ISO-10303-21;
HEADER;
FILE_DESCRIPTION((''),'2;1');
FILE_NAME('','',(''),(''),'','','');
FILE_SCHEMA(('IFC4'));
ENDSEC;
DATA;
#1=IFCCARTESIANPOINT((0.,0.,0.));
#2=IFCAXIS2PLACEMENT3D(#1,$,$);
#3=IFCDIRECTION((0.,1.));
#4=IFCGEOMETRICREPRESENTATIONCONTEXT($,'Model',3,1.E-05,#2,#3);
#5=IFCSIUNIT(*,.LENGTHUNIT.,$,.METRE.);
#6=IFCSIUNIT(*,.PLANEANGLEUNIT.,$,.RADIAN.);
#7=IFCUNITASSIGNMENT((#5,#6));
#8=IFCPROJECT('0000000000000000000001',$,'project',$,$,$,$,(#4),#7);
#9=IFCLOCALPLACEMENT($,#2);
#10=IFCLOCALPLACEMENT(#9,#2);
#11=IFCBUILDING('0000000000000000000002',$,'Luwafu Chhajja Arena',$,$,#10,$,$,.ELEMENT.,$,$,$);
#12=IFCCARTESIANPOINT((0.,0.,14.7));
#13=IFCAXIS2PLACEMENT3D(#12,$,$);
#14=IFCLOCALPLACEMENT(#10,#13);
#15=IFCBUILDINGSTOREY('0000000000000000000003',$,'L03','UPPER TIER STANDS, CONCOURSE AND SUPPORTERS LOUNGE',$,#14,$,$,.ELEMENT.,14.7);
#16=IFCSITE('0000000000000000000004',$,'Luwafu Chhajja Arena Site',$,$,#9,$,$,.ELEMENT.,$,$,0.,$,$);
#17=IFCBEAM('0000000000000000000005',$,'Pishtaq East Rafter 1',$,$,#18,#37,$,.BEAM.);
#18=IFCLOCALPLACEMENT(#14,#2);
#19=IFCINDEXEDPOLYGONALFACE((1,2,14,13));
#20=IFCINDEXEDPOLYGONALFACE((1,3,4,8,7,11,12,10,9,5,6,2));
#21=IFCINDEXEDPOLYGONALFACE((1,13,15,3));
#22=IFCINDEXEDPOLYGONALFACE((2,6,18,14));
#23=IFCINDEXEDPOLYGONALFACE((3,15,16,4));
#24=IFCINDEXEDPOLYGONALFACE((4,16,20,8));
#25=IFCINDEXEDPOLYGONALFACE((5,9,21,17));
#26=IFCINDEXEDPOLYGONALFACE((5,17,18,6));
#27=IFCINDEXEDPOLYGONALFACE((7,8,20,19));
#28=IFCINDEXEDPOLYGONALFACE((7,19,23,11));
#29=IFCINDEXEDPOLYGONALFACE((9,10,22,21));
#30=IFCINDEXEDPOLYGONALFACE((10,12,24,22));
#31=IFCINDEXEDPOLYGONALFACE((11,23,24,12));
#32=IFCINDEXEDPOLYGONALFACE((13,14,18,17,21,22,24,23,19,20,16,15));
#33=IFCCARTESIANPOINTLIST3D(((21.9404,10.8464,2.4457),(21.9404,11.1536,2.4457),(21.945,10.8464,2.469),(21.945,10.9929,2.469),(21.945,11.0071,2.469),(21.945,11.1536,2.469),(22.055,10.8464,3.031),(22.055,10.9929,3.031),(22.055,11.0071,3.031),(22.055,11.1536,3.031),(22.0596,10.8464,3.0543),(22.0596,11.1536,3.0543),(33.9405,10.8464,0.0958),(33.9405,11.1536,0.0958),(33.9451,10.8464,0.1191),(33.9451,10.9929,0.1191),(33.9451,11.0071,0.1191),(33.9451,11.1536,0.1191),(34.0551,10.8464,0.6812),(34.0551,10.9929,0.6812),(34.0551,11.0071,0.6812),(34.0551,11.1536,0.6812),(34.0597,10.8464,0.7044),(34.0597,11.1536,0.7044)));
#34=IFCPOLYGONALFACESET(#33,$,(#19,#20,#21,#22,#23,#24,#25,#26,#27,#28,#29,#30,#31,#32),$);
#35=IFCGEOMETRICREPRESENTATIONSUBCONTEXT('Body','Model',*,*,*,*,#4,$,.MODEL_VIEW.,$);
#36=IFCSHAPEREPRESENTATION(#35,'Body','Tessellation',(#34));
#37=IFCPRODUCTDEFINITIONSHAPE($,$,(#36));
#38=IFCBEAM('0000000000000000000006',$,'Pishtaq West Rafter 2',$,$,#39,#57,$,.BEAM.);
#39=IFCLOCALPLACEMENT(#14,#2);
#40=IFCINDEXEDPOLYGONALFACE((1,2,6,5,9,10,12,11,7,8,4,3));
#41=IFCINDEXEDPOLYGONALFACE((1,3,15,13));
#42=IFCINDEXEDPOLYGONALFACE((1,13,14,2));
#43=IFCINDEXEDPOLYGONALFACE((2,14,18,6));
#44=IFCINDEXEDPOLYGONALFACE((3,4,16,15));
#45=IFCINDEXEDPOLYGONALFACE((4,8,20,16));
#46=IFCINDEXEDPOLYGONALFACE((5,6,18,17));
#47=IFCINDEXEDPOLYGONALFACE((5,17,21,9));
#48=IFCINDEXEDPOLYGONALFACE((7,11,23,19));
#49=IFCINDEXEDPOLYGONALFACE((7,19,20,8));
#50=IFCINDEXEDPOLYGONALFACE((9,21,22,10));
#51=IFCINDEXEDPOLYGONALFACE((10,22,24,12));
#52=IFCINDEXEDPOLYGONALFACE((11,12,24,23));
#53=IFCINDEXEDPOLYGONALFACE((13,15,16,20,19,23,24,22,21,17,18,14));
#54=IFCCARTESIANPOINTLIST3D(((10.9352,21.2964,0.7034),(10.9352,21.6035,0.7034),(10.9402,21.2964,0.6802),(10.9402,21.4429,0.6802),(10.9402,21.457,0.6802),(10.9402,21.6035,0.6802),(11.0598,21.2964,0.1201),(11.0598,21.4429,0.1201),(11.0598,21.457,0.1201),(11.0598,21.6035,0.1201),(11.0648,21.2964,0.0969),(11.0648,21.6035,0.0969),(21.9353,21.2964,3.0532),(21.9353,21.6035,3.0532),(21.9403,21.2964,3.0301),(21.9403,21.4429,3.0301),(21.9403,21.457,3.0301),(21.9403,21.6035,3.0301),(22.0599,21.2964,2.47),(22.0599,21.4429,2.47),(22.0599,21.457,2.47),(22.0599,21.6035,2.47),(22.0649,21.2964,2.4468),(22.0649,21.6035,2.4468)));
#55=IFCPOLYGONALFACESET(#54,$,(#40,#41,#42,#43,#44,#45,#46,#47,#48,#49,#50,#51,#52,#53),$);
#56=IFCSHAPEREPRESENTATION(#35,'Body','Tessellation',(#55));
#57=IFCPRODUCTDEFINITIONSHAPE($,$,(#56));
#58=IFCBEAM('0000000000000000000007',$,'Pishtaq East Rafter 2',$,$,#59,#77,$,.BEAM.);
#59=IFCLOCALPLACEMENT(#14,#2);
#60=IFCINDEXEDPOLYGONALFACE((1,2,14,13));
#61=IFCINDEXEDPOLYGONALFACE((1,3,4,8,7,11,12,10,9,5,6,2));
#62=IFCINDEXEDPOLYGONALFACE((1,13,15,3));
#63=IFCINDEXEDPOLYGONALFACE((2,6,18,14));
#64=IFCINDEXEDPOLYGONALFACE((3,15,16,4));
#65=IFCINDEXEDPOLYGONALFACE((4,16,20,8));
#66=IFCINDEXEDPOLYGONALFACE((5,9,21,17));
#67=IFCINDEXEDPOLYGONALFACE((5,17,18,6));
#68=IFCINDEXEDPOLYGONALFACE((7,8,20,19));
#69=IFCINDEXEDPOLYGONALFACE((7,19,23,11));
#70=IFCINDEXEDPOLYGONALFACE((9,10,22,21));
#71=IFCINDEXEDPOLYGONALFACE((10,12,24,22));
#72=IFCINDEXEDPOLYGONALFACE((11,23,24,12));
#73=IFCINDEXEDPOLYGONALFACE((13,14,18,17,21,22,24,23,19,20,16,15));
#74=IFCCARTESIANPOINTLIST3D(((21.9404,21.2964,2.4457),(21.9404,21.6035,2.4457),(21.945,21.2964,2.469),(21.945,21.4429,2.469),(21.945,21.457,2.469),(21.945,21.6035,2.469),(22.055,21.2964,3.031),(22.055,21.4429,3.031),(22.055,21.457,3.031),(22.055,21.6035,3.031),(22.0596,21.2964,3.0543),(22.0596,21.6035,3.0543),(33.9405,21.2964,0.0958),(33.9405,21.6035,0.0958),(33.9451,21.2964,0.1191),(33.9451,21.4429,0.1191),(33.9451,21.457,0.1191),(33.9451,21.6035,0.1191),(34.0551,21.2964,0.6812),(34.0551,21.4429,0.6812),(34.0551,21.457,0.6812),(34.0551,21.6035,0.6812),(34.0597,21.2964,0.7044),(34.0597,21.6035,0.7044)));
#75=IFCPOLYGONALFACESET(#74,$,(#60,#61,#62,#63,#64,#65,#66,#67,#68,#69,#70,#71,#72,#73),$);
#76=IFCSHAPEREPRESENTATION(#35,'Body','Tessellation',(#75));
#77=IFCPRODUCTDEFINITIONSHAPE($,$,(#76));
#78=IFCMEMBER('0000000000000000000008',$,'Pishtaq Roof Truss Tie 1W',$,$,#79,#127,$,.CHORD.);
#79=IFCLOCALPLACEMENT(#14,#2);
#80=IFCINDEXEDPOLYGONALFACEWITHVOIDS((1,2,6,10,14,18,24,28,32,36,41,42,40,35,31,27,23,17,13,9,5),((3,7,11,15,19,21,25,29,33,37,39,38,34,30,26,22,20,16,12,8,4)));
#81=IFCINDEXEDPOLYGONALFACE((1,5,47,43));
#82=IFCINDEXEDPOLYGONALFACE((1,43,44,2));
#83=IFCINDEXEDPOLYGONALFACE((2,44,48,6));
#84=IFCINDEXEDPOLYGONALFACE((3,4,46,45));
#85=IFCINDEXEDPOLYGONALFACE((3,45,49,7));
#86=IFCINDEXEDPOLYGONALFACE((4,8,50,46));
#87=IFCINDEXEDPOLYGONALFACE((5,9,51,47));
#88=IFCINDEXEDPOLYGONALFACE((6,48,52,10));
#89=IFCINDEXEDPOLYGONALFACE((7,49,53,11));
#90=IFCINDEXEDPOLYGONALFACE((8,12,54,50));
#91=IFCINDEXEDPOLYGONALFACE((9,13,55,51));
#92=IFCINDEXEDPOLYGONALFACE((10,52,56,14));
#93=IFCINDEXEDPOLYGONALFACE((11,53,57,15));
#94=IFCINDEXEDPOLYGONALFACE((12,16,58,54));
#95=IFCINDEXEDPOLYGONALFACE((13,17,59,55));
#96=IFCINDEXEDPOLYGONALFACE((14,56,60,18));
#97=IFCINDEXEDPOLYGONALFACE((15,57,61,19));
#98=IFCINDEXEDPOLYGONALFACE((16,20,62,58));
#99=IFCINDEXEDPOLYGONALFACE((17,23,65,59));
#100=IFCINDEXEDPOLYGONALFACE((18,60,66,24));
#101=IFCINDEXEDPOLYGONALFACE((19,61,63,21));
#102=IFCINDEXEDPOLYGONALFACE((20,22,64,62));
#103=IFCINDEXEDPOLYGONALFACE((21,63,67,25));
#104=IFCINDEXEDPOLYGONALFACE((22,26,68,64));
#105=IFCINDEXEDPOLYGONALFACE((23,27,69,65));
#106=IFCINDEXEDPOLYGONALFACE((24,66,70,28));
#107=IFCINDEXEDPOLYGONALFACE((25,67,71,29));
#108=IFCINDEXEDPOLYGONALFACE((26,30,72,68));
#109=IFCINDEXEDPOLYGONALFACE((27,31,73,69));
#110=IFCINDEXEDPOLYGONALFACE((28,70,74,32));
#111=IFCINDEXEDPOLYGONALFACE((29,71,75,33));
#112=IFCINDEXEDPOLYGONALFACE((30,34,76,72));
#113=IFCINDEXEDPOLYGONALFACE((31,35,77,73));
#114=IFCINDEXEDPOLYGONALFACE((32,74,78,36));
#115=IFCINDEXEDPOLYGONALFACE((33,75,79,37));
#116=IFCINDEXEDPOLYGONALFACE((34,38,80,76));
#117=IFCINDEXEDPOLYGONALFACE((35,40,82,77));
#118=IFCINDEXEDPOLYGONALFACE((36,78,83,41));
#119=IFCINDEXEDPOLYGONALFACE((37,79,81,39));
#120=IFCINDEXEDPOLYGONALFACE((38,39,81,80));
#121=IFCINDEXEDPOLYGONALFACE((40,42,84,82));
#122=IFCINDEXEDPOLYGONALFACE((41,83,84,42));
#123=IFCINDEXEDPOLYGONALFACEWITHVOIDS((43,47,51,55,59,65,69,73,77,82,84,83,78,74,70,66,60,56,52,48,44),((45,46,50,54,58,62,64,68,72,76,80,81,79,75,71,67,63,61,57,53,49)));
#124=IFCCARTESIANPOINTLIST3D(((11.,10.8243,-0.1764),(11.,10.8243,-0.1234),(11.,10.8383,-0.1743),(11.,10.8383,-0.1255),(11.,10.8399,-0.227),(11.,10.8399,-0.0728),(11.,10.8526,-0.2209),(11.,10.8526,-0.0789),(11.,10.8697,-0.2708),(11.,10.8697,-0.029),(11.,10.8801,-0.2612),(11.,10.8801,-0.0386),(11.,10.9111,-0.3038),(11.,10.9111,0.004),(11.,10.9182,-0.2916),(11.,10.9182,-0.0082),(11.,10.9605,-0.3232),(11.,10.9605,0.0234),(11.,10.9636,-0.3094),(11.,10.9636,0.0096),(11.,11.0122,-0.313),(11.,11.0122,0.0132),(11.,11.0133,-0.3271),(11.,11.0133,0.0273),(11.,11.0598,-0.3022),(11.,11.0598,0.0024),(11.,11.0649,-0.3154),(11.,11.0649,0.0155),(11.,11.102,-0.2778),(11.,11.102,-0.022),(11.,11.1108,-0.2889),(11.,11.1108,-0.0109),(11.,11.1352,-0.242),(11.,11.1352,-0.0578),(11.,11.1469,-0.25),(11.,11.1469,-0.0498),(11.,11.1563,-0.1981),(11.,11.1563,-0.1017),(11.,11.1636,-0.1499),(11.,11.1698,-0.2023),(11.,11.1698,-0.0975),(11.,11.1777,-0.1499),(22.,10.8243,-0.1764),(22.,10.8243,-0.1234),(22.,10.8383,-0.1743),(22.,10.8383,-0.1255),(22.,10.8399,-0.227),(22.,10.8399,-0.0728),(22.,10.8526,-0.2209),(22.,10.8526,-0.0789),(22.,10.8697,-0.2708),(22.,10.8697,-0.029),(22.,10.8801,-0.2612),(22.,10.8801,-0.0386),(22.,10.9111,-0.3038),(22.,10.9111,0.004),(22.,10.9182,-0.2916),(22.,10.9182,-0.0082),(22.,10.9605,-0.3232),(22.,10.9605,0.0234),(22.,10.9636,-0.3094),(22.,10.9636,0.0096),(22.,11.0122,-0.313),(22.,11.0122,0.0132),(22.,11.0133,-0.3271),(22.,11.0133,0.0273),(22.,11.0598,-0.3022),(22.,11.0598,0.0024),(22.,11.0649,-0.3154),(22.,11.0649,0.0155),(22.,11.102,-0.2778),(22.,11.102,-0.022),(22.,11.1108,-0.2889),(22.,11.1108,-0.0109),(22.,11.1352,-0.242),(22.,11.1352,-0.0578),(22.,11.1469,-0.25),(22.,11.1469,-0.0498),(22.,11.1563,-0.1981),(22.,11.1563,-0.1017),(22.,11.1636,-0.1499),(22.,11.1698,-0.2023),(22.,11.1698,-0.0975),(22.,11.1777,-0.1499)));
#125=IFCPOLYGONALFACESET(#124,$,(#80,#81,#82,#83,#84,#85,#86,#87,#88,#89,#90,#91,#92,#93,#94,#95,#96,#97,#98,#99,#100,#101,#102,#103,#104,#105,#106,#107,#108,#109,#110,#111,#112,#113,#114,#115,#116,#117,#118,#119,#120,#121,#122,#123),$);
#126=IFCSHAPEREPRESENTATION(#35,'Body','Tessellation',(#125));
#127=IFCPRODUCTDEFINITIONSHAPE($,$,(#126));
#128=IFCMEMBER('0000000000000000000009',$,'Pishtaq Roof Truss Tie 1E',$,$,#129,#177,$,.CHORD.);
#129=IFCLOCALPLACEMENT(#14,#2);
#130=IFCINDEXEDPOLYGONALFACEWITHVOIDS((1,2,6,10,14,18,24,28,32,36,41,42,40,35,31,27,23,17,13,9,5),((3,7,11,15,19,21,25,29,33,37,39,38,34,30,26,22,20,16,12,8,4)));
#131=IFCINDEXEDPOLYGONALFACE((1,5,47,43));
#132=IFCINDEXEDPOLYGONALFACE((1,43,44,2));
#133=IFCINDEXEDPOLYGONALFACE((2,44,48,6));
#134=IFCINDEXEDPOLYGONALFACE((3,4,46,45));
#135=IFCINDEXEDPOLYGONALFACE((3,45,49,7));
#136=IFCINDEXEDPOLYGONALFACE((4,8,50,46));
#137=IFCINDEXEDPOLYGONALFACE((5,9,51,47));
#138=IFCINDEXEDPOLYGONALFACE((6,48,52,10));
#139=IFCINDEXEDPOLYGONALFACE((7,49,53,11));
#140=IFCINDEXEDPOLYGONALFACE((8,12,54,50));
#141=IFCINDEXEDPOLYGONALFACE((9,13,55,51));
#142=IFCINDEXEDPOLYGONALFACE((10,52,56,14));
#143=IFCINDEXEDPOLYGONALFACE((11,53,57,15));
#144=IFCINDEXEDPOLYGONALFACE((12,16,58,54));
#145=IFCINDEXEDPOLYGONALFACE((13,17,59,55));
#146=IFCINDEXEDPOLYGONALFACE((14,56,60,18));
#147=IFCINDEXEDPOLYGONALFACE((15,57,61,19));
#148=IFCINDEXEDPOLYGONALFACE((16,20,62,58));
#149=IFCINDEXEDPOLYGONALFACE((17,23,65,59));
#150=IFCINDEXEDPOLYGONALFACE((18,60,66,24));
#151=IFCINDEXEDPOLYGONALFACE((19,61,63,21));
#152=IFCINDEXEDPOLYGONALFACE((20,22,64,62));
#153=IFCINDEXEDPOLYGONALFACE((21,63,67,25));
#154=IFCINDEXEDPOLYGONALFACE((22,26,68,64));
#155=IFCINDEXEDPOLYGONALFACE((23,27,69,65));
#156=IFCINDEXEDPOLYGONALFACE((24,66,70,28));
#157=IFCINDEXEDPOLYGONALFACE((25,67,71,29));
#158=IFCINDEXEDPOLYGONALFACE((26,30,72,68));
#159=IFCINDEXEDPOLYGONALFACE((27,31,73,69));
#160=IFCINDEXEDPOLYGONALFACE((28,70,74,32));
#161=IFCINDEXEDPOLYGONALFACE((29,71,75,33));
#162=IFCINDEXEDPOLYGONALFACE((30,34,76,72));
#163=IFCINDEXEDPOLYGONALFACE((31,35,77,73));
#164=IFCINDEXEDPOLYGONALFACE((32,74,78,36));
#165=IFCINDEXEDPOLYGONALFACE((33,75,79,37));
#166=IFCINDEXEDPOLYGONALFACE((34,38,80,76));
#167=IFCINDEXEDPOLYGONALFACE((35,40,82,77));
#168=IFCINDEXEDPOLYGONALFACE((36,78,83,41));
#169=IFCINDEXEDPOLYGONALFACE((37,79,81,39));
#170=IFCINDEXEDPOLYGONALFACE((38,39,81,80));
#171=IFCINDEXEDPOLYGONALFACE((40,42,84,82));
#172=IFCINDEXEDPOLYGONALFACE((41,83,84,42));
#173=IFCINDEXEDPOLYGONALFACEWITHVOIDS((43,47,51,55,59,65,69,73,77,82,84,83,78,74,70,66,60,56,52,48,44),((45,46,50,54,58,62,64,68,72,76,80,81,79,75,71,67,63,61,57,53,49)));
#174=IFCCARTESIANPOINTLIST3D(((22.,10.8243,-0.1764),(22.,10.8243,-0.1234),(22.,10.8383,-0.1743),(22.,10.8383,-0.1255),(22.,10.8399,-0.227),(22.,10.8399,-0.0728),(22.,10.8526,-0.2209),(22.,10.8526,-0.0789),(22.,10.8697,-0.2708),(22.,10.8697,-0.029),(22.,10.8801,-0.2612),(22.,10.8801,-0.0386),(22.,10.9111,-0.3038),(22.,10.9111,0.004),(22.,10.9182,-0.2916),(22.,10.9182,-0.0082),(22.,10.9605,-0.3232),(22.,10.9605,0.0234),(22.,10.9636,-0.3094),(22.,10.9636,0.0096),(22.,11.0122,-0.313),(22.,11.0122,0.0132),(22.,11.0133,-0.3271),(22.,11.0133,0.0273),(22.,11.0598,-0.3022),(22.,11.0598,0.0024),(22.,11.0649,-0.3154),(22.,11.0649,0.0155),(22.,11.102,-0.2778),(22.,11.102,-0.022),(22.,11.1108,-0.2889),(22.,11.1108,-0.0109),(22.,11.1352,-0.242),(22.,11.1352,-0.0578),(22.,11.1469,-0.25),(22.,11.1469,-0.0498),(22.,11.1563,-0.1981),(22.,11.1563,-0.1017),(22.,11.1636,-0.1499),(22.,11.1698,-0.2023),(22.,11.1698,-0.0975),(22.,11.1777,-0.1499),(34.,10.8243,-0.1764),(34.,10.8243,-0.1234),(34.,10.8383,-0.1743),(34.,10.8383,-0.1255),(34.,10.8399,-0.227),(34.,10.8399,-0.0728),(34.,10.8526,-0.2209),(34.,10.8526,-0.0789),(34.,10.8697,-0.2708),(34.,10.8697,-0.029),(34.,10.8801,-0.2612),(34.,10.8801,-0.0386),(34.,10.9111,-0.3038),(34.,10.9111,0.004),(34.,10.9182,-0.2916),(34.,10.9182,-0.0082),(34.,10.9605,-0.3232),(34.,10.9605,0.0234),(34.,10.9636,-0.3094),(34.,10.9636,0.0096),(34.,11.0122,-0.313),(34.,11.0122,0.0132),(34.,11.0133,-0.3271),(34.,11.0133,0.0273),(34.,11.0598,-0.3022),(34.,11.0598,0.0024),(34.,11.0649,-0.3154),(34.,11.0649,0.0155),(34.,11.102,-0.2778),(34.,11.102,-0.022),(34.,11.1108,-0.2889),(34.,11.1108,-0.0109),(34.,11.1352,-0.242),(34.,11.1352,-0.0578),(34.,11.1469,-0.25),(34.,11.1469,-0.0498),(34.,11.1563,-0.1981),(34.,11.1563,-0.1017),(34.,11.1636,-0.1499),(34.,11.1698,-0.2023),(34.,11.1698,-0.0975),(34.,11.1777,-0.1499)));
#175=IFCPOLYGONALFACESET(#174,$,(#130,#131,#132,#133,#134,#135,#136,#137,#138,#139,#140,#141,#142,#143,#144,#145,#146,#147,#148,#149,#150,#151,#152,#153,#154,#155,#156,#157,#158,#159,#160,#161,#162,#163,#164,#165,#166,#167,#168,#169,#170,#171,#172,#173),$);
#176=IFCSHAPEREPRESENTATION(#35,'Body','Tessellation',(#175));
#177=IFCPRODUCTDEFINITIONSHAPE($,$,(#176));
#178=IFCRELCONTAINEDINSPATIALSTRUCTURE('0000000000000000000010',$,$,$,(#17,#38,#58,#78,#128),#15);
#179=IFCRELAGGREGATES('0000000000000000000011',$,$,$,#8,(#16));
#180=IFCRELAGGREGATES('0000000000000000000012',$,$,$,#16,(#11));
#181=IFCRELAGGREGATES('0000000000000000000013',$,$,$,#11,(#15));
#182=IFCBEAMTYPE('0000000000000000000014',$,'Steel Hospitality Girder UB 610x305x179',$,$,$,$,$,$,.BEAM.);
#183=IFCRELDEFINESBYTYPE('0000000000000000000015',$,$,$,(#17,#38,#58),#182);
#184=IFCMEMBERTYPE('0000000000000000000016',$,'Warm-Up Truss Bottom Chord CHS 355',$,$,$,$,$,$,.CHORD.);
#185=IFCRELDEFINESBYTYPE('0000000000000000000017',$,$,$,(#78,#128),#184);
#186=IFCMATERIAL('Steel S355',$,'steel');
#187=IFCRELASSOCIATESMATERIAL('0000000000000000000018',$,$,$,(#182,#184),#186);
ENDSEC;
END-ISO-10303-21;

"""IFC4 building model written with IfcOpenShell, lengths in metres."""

from ifc_helpers import new_model, si_unit, direction, frame, origin, origin_2d, place, context, subcontext, project, spatial, hollow_circle, i_section, extrude, material, material_profile, profile_set, type_object, element, save


model = new_model("IFC4")

# Units and contexts
model_context = context("Model", 3, precision=1e-05, world=origin(), true_north=direction((0.0, 1.0)))
body_context = subcontext(model_context, "Body", "Model", "MODEL_VIEW")
ifc_project = project(units=[si_unit("LENGTHUNIT", "METRE"), si_unit("PLANEANGLEUNIT", "RADIAN")], contexts=[model_context])

# Site, building, storey
site_placement = place(None, origin())
site = spatial("IfcSite", under=ifc_project, at=site_placement, Name="Luwafu Chhajja Arena Site", CompositionType="ELEMENT", RefElevation=0.0)
building_placement = place(site_placement, origin())
building = spatial("IfcBuilding", under=site, at=building_placement, Name="Luwafu Chhajja Arena", CompositionType="ELEMENT")
storey_placement = place(building_placement, frame((0.0, 0.0, 14.7)))
storey = spatial("IfcBuildingStorey", under=building, at=storey_placement, Name="L03", Description="UPPER TIER STANDS, CONCOURSE AND SUPPORTERS LOUNGE", CompositionType="ELEMENT", Elevation=14.7)

# Shared definitions
ifc_material_1 = material(Name="Steel S355", Category="steel")

# Beams
ifc_material_profile_1 = material_profile(ifc_material_1, i_section(OverallWidth=0.3071, OverallDepth=0.6201, WebThickness=0.0142, FlangeThickness=0.0237, at=origin_2d()), Name="UB 610x305x179")
ifc_profile_set_1 = profile_set([ifc_material_profile_1], Name="Steel S355")
beam_type = type_object("IfcBeamType", Name="Steel Hospitality Girder UB 610x305x179", PredefinedType="BEAM", material=ifc_profile_set_1)
beam_1_placement = place(storey_placement, frame((22.0, 11.0, 2.75), z_axis=(0.981361, 0.0, -0.192171), x_axis=(0.0, 1.0, 0.0)))
element("IfcBeam", 1, at=beam_1_placement, inside=storey, type_object=beam_type, Name="Pishtaq East Rafter 1", PredefinedType="BEAM", context=body_context, shape_type="SweptSolid", body=[
    extrude(i_section(OverallWidth=0.3071, OverallDepth=0.6201, WebThickness=0.0142, FlangeThickness=0.0237, at=origin_2d()), origin(), (0.0, 0.0, 1.0), 12.228),
])
beam_2_placement = place(storey_placement, frame((11.0, 21.45, 0.4001), z_axis=(0.977935, 0.0, 0.208909), x_axis=(0.0, 1.0, 0.0)))
element("IfcBeam", 2, at=beam_2_placement, inside=storey, type_object=beam_type, Name="Pishtaq West Rafter 2", PredefinedType="BEAM", context=body_context, shape_type="SweptSolid", body=[
    extrude(i_section(OverallWidth=0.3071, OverallDepth=0.6201, WebThickness=0.0142, FlangeThickness=0.0237, at=origin_2d()), origin(), (0.0, 0.0, 1.0), 11.2483),
])
beam_3_placement = place(storey_placement, frame((22.0, 21.45, 2.75), z_axis=(0.981361, 0.0, -0.192171), x_axis=(0.0, 1.0, 0.0)))
element("IfcBeam", 3, at=beam_3_placement, inside=storey, type_object=beam_type, Name="Pishtaq East Rafter 2", PredefinedType="BEAM", context=body_context, shape_type="SweptSolid", body=[
    extrude(i_section(OverallWidth=0.3071, OverallDepth=0.6201, WebThickness=0.0142, FlangeThickness=0.0237, at=origin_2d()), origin(), (0.0, 0.0, 1.0), 12.228),
])

# Members
ifc_material_profile_2 = material_profile(ifc_material_1, hollow_circle(Radius=0.1777, WallThickness=0.0142, at=origin_2d()), Name="CHS 355.6x14.2")
ifc_profile_set_2 = profile_set([ifc_material_profile_2], Name="Steel S355")
member_type_1 = type_object("IfcMemberType", Name="Warm-Up Truss Bottom Chord CHS 355", PredefinedType="CHORD", material=ifc_profile_set_2)
member_1_placement = place(storey_placement, frame((11.0, 11.0, -0.1499), z_axis=(1.0, 0.0, 0.0), x_axis=(0.0, 1.0, 0.0)))
element("IfcMember", 4, at=member_1_placement, inside=storey, type_object=member_type_1, Name="Pishtaq Roof Truss Tie 1W", PredefinedType="CHORD", context=body_context, shape_type="SweptSolid", body=[
    extrude(hollow_circle(Radius=0.1777, WallThickness=0.0142, at=origin_2d()), origin(), (0.0, 0.0, 1.0), 11.0),
])
member_2_placement = place(storey_placement, frame((22.0, 11.0, -0.1499), z_axis=(1.0, 0.0, 0.0), x_axis=(0.0, 1.0, 0.0)))
element("IfcMember", 5, at=member_2_placement, inside=storey, type_object=member_type_1, Name="Pishtaq Roof Truss Tie 1E", PredefinedType="CHORD", context=body_context, shape_type="SweptSolid", body=[
    extrude(hollow_circle(Radius=0.1777, WallThickness=0.0142, at=origin_2d()), origin(), (0.0, 0.0, 1.0), 12.0),
])

save(model, "model.ifc")
